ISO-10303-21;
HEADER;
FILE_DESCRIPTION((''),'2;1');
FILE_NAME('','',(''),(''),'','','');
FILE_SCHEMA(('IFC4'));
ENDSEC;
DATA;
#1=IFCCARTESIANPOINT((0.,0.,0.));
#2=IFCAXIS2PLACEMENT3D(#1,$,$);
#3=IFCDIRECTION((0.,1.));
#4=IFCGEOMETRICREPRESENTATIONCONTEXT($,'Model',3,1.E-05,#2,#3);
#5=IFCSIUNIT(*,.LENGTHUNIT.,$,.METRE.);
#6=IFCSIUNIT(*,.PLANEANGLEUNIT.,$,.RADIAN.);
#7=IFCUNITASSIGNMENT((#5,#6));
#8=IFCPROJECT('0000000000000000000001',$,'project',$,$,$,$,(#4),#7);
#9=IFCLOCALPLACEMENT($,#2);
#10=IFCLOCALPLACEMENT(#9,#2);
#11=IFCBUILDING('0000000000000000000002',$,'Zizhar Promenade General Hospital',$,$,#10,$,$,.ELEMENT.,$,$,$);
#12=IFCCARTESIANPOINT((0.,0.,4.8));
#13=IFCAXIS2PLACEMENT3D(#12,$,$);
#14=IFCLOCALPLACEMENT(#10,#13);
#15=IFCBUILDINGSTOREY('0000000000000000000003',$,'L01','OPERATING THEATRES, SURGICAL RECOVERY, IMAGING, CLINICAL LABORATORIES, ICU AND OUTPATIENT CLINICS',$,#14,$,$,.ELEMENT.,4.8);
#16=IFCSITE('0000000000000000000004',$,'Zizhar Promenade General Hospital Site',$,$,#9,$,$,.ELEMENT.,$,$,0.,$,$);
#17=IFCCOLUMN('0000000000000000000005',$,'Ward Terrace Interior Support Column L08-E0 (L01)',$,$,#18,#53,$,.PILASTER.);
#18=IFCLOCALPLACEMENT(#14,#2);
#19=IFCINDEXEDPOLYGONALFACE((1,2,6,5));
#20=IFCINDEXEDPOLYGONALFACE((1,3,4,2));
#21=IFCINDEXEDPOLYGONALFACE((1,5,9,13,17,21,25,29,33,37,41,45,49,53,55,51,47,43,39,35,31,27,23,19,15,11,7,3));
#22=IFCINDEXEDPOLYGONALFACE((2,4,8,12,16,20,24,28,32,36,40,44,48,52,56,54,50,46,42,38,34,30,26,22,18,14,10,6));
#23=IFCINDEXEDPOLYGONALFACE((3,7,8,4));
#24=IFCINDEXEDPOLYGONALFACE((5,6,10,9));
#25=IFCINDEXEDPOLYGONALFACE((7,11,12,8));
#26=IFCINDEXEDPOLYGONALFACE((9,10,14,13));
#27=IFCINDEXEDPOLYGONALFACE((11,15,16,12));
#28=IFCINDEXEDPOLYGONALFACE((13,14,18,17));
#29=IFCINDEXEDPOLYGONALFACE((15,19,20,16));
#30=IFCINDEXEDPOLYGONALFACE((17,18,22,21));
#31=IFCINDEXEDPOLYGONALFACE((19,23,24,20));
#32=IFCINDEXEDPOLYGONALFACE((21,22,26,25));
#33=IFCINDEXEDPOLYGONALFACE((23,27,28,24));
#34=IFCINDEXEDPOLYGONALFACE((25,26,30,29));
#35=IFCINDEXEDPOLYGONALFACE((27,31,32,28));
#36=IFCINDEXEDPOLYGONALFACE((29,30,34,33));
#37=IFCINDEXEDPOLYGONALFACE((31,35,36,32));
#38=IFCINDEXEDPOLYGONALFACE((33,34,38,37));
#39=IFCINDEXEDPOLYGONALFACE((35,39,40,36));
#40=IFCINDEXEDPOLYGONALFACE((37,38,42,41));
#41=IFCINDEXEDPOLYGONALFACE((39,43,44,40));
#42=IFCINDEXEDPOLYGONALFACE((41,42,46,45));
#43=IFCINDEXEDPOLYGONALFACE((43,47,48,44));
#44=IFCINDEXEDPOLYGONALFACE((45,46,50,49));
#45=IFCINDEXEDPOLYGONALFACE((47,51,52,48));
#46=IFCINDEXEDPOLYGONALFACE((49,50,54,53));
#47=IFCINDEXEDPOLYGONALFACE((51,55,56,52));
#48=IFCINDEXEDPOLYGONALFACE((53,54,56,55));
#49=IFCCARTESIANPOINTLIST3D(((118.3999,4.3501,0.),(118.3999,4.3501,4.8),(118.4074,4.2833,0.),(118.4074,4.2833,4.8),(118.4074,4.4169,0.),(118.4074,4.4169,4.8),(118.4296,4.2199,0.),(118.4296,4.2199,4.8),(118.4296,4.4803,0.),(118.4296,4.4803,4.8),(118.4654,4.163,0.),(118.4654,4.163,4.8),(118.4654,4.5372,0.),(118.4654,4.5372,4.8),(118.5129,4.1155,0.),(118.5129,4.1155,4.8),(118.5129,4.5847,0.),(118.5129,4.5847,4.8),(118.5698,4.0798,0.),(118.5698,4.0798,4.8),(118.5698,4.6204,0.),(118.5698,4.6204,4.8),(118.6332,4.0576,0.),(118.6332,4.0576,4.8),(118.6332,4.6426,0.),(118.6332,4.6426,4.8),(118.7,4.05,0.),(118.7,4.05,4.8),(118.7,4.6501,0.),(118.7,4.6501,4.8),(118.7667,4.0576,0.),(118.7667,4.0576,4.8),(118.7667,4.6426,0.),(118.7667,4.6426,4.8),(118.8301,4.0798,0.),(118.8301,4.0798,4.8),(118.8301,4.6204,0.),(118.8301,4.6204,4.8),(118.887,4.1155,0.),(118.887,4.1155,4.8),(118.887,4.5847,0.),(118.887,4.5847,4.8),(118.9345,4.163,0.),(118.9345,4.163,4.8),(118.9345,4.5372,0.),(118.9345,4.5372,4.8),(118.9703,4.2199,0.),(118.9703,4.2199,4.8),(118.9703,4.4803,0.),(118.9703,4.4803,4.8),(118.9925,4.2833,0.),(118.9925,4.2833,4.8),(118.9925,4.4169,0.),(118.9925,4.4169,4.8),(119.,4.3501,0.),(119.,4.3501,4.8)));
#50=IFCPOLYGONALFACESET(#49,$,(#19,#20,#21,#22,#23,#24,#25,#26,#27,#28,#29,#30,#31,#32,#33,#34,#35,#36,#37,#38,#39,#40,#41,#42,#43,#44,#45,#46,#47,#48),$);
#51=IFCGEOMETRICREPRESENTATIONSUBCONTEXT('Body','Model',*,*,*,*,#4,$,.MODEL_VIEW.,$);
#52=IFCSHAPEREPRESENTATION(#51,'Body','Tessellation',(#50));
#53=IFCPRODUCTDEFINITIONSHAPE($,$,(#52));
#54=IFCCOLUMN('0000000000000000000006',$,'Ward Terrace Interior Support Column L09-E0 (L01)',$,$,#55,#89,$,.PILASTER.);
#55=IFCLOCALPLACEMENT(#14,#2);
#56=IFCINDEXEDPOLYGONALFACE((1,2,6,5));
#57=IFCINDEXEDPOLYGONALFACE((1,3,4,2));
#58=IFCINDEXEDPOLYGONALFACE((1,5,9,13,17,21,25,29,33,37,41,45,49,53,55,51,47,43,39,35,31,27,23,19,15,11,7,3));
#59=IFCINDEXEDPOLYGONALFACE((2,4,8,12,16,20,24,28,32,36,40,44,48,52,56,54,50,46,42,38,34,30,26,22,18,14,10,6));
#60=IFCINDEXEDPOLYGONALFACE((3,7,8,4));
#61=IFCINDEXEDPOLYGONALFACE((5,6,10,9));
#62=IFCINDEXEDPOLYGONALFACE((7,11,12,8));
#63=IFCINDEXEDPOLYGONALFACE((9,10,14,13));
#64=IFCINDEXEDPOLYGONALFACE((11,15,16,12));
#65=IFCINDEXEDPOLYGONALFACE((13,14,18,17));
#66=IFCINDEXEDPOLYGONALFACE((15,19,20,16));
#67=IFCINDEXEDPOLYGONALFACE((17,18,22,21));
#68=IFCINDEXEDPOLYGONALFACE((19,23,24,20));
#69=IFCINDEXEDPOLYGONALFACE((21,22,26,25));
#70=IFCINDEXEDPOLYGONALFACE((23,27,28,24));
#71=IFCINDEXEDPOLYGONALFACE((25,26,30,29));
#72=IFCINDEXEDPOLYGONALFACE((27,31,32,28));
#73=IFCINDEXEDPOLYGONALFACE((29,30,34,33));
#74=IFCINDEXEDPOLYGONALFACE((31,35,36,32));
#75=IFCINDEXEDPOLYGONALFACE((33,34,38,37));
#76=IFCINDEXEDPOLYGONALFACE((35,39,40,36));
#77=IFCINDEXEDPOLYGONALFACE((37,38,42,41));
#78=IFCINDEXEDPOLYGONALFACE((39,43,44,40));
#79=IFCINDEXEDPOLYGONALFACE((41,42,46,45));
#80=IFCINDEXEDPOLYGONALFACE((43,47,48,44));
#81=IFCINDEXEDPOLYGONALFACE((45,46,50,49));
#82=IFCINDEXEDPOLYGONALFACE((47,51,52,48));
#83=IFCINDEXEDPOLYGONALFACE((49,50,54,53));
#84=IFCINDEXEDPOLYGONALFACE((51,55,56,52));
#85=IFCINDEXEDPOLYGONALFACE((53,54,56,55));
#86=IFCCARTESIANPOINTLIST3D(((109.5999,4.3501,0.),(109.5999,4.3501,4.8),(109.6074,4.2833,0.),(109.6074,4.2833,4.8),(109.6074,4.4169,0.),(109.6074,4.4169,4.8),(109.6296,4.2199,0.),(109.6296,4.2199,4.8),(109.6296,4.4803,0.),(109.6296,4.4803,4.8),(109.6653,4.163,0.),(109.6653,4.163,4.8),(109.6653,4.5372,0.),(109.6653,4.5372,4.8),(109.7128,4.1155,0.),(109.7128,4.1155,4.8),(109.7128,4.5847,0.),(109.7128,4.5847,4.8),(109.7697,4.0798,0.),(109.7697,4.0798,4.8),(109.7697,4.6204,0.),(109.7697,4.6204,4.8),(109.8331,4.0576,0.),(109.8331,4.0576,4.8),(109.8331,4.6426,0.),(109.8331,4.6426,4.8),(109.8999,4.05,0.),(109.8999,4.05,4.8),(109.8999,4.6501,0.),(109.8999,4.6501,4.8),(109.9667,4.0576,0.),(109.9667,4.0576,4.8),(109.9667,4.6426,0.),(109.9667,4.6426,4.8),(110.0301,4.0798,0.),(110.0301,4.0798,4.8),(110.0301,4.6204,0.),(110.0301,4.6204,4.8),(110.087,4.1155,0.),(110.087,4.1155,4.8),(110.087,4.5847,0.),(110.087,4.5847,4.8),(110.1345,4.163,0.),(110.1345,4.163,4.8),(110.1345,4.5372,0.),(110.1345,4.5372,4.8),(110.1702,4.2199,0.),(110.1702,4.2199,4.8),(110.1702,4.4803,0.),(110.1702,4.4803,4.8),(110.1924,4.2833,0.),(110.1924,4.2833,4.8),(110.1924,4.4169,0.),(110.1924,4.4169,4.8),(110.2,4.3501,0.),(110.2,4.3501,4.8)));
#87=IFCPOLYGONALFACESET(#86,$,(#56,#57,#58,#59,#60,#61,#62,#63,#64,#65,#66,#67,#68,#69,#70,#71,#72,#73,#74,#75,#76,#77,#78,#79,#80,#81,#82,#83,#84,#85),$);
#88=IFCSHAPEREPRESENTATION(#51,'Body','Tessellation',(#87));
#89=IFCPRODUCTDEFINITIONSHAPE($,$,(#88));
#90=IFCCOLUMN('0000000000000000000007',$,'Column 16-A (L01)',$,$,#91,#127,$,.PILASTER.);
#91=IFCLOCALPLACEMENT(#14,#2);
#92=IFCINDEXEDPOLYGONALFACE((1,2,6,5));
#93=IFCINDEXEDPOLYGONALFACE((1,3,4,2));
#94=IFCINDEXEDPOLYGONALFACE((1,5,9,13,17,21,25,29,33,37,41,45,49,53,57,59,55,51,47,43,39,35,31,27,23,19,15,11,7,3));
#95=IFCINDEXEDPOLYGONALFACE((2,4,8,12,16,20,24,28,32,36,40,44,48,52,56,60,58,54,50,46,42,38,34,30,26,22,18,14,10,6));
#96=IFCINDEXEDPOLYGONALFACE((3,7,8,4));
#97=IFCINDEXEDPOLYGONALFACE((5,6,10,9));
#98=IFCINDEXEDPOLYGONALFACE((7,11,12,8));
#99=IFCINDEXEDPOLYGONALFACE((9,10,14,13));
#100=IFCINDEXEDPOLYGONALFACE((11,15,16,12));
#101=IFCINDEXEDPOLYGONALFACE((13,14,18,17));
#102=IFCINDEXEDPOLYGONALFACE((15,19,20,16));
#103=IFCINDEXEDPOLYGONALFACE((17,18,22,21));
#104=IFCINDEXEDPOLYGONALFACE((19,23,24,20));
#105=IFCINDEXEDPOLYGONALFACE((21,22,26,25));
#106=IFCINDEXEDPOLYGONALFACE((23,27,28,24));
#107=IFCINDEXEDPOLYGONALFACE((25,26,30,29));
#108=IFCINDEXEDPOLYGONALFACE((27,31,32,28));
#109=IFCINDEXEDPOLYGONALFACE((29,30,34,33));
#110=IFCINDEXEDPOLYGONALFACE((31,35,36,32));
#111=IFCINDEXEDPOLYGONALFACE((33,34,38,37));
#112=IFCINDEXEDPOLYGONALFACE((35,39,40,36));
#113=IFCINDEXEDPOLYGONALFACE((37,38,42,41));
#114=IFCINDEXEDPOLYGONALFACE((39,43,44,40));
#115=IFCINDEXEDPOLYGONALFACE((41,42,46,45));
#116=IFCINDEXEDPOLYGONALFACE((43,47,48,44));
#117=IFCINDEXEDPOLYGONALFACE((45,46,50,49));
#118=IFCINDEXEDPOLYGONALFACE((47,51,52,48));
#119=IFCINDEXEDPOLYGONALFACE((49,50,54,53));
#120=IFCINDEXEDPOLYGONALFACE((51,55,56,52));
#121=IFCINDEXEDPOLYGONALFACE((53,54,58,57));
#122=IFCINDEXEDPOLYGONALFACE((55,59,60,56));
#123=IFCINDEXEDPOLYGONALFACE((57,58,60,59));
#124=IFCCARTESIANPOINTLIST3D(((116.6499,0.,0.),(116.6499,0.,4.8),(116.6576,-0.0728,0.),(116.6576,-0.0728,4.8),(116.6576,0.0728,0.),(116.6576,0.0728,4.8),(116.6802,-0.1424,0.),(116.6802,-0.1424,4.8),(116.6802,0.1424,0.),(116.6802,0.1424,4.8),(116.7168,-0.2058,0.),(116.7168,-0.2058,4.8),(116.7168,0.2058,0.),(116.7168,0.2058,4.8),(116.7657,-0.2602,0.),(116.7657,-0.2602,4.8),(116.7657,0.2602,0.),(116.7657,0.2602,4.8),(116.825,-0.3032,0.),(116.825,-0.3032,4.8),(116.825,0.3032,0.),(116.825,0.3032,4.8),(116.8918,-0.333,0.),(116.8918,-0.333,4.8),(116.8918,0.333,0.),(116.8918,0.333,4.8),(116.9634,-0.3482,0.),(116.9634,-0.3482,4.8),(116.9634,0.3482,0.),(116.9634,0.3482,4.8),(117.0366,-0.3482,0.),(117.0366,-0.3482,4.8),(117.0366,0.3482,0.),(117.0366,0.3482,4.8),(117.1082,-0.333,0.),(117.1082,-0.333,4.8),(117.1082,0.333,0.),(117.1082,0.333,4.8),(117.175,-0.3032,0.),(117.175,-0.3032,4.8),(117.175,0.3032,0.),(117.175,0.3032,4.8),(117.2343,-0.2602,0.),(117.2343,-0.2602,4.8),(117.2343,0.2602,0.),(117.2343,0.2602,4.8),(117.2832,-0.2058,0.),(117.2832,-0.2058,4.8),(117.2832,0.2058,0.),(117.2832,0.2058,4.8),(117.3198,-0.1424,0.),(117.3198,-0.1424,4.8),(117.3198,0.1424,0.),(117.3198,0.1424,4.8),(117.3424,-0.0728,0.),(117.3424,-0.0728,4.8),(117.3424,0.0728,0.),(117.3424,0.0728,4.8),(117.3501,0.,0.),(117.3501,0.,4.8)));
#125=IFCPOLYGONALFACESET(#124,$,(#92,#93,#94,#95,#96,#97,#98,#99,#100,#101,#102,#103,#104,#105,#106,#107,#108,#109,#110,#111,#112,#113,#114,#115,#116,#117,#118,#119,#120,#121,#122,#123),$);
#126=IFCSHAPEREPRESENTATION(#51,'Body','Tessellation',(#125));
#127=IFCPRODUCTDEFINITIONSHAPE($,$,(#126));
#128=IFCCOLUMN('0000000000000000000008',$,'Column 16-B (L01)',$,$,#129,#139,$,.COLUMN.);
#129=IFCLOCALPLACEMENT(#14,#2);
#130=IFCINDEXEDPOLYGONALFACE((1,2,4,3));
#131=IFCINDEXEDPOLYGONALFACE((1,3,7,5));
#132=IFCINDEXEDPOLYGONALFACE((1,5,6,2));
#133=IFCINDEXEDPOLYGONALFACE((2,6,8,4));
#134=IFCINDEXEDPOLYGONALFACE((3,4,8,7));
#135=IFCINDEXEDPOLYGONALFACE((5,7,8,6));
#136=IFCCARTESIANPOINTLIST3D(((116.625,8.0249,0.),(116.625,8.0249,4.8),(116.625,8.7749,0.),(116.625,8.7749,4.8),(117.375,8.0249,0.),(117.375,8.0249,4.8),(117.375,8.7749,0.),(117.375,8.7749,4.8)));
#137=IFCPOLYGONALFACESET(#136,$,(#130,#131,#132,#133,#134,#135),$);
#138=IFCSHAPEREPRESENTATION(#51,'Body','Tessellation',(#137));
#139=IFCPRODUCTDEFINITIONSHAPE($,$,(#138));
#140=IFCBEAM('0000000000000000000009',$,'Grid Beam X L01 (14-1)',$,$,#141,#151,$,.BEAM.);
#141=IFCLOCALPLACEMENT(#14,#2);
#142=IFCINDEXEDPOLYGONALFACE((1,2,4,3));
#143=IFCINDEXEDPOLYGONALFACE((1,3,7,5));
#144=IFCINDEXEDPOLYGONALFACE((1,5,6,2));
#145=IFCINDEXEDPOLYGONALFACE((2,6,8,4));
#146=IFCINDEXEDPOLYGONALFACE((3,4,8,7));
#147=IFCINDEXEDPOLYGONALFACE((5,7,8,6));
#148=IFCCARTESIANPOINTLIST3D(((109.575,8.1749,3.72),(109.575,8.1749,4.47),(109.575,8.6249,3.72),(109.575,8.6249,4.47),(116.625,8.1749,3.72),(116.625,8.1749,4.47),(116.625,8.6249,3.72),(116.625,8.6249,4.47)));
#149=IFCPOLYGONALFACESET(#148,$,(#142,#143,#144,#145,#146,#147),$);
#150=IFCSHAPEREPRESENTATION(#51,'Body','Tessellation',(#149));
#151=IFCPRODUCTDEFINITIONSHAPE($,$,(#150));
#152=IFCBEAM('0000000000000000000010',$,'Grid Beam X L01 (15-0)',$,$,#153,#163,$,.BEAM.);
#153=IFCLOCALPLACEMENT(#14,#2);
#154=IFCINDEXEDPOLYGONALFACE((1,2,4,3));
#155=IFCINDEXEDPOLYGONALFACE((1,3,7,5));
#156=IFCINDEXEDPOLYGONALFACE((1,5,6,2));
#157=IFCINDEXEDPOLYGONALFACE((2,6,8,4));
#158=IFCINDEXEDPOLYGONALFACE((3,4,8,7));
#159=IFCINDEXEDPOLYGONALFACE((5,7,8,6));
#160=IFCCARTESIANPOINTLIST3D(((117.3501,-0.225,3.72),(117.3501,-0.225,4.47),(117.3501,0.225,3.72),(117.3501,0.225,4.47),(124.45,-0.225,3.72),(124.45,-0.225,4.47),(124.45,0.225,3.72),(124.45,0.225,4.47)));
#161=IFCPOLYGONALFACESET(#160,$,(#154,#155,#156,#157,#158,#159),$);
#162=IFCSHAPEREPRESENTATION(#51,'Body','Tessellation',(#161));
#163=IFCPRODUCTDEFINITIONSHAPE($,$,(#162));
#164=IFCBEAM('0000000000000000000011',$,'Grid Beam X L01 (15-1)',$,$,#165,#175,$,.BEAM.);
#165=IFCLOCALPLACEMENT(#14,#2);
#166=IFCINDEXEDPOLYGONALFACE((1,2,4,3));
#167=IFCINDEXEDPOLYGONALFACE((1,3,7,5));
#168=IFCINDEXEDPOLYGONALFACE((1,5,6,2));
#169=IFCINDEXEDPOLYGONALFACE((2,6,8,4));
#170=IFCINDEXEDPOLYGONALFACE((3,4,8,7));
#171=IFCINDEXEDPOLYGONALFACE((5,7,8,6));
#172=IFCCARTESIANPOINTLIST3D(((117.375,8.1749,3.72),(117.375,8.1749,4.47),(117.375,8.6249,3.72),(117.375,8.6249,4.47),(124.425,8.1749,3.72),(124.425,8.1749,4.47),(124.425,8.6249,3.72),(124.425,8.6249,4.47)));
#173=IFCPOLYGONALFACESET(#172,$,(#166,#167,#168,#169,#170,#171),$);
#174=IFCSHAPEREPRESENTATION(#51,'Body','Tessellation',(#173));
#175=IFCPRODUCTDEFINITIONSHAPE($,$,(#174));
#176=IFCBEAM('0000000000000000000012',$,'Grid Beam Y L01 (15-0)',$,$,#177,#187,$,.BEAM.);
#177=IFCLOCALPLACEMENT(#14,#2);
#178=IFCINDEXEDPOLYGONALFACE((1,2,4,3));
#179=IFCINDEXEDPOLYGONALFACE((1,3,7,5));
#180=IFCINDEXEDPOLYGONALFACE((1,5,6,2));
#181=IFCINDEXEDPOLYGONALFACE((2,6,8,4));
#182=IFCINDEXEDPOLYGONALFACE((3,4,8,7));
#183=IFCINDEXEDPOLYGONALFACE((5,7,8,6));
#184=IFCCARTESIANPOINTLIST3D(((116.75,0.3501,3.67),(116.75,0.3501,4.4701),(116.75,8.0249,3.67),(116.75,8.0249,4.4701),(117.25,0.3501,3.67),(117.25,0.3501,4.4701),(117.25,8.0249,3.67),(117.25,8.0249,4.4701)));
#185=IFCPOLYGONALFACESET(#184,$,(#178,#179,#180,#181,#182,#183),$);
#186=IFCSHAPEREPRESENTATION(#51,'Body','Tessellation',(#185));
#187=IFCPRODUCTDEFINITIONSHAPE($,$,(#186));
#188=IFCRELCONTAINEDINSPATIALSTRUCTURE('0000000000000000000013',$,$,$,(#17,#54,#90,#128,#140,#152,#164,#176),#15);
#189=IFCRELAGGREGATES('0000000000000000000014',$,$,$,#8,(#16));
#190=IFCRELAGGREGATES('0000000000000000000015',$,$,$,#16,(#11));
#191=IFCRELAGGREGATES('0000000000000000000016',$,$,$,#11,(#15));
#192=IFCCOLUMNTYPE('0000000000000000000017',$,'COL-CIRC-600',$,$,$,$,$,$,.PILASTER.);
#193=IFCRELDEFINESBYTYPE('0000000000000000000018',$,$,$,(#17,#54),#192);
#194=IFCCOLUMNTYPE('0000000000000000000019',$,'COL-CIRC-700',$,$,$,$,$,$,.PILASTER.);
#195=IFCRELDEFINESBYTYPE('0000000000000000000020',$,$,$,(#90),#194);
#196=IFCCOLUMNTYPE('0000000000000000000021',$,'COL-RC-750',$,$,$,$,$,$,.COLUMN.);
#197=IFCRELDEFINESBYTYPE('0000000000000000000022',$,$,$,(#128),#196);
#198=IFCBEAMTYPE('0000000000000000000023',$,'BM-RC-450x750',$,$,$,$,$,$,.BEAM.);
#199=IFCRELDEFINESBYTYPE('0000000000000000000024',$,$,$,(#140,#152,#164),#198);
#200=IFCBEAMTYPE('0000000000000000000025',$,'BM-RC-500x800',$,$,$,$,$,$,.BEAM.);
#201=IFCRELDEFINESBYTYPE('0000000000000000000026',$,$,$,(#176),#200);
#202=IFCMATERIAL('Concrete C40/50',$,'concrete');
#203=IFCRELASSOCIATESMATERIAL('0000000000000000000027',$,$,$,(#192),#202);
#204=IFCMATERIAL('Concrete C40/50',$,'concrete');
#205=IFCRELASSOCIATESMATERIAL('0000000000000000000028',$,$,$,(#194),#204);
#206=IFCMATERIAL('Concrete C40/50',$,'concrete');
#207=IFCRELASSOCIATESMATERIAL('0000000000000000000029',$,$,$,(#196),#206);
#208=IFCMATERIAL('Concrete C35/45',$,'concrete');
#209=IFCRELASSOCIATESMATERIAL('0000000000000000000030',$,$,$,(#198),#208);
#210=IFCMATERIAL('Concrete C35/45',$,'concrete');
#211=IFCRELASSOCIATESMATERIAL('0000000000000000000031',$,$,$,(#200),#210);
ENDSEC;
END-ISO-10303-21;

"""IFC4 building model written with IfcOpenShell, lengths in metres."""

from ifc_helpers import new_model, si_unit, direction, frame, origin, origin_2d, place, context, subcontext, project, spatial, rectangle, circle, extrude, material, material_profile, profile_set, type_object, element, save


model = new_model("IFC4")

# Units and contexts
model_context = context("Model", 3, precision=1e-05, world=origin(), true_north=direction((0.0, 1.0)))
body_context = subcontext(model_context, "Body", "Model", "MODEL_VIEW")
ifc_project = project(units=[si_unit("LENGTHUNIT", "METRE"), si_unit("PLANEANGLEUNIT", "RADIAN")], contexts=[model_context])

# Site, building, storey
site_placement = place(None, origin())
site = spatial("IfcSite", under=ifc_project, at=site_placement, Name="Zizhar Promenade General Hospital Site", CompositionType="ELEMENT", RefElevation=0.0)
building_placement = place(site_placement, origin())
building = spatial("IfcBuilding", under=site, at=building_placement, Name="Zizhar Promenade General Hospital", CompositionType="ELEMENT")
storey_placement = place(building_placement, frame((0.0, 0.0, 4.8)))
storey = spatial("IfcBuildingStorey", under=building, at=storey_placement, Name="L01", Description="OPERATING THEATRES, SURGICAL RECOVERY, IMAGING, CLINICAL LABORATORIES, ICU AND OUTPATIENT CLINICS", CompositionType="ELEMENT", Elevation=4.8)

# Columns
ifc_material_1 = material(Name="Concrete C40/50", Category="concrete")
ifc_material_profile_1 = material_profile(ifc_material_1, circle(Radius=0.3, at=origin_2d()))
ifc_profile_set_1 = profile_set([ifc_material_profile_1], Name="Concrete C40/50")
column_type_1 = type_object("IfcColumnType", Name="COL-CIRC-600", PredefinedType="PILASTER", material=ifc_profile_set_1)
for number, where, z_axis, x_axis, name in (
    (1, (118.7, 4.3501, 0.0), (0.0, 0.0, 1.0), (1.0, 0.0, 0.0), "Ward Terrace Interior Support Column L08-E0 (L01)"),
    (2, (109.8999, 4.3501, 0.0), (0.0, 0.0, 1.0), (1.0, 0.0, 0.0), "Ward Terrace Interior Support Column L09-E0 (L01)"),
):
    element("IfcColumn", number, at=place(storey_placement, frame(where, z_axis=z_axis, x_axis=x_axis)), inside=storey, type_object=column_type_1, Name=name, PredefinedType="PILASTER", context=body_context, shape_type="SweptSolid", body=[
        extrude(circle(Radius=0.3, at=origin_2d()), origin(), (0.0, 0.0, 1.0), 4.8),
    ])
ifc_material_2 = material(Name="Concrete C40/50", Category="concrete")
ifc_material_profile_2 = material_profile(ifc_material_2, circle(Radius=0.3501, at=origin_2d()))
ifc_profile_set_2 = profile_set([ifc_material_profile_2], Name="Concrete C40/50")
column_type_2 = type_object("IfcColumnType", Name="COL-CIRC-700", PredefinedType="PILASTER", material=ifc_profile_set_2)
column_1_placement = place(storey_placement, frame((117.0, 0.0, 0.0), z_axis=(0.0, 0.0, 1.0), x_axis=(1.0, 0.0, 0.0)))
element("IfcColumn", 3, at=column_1_placement, inside=storey, type_object=column_type_2, Name="Column 16-A (L01)", PredefinedType="PILASTER", context=body_context, shape_type="SweptSolid", body=[
    extrude(circle(Radius=0.3501, at=origin_2d()), origin(), (0.0, 0.0, 1.0), 4.8),
])
ifc_material_3 = material(Name="Concrete C40/50", Category="concrete")
ifc_material_profile_3 = material_profile(ifc_material_3, rectangle(XDim=0.75, YDim=0.75, at=origin_2d()))
ifc_profile_set_3 = profile_set([ifc_material_profile_3], Name="Concrete C40/50")
column_type_3 = type_object("IfcColumnType", Name="COL-RC-750", PredefinedType="COLUMN", material=ifc_profile_set_3)
column_2_placement = place(storey_placement, frame((117.0, 8.3999, 0.0), z_axis=(0.0, 0.0, 1.0), x_axis=(1.0, 0.0, 0.0)))
element("IfcColumn", 4, at=column_2_placement, inside=storey, type_object=column_type_3, Name="Column 16-B (L01)", PredefinedType="COLUMN", context=body_context, shape_type="SweptSolid", body=[
    extrude(rectangle(XDim=0.75, YDim=0.75, at=origin_2d()), origin(), (0.0, 0.0, 1.0), 4.8),
])

# Beams
ifc_material_4 = material(Name="Concrete C35/45", Category="concrete")
ifc_material_profile_4 = material_profile(ifc_material_4, rectangle(XDim=0.45, YDim=0.75, at=origin_2d()))
ifc_profile_set_4 = profile_set([ifc_material_profile_4], Name="Concrete C35/45")
beam_type_1 = type_object("IfcBeamType", Name="BM-RC-450x750", PredefinedType="BEAM", material=ifc_profile_set_4)
beam_1_placement = place(storey_placement, frame((109.575, 8.3999, 4.095), z_axis=(1.0, 0.0, 0.0), x_axis=(0.0, 1.0, 0.0)))
element("IfcBeam", 5, at=beam_1_placement, inside=storey, type_object=beam_type_1, Name="Grid Beam X L01 (14-1)", PredefinedType="BEAM", context=body_context, shape_type="SweptSolid", body=[
    extrude(rectangle(XDim=0.45, YDim=0.75, at=origin_2d()), origin(), (0.0, 0.0, 1.0), 7.05),
])
beam_2_placement = place(storey_placement, frame((117.3501, 0.0, 4.095), z_axis=(1.0, 0.0, 0.0), x_axis=(0.0, 1.0, 0.0)))
element("IfcBeam", 6, at=beam_2_placement, inside=storey, type_object=beam_type_1, Name="Grid Beam X L01 (15-0)", PredefinedType="BEAM", context=body_context, shape_type="SweptSolid", body=[
    extrude(rectangle(XDim=0.45, YDim=0.75, at=origin_2d()), origin(), (0.0, 0.0, 1.0), 7.0999),
])
beam_3_placement = place(storey_placement, frame((117.375, 8.3999, 4.095), z_axis=(1.0, 0.0, 0.0), x_axis=(0.0, 1.0, 0.0)))
element("IfcBeam", 7, at=beam_3_placement, inside=storey, type_object=beam_type_1, Name="Grid Beam X L01 (15-1)", PredefinedType="BEAM", context=body_context, shape_type="SweptSolid", body=[
    extrude(rectangle(XDim=0.45, YDim=0.75, at=origin_2d()), origin(), (0.0, 0.0, 1.0), 7.05),
])
ifc_material_5 = material(Name="Concrete C35/45", Category="concrete")
ifc_material_profile_5 = material_profile(ifc_material_5, rectangle(XDim=0.5, YDim=0.8, at=origin_2d()))
ifc_profile_set_5 = profile_set([ifc_material_profile_5], Name="Concrete C35/45")
beam_type_2 = type_object("IfcBeamType", Name="BM-RC-500x800", PredefinedType="BEAM", material=ifc_profile_set_5)
beam_4_placement = place(storey_placement, frame((117.0, 0.3501, 4.0701), z_axis=(0.0, 1.0, 0.0), x_axis=(-1.0, 0.0, 0.0)))
element("IfcBeam", 8, at=beam_4_placement, inside=storey, type_object=beam_type_2, Name="Grid Beam Y L01 (15-0)", PredefinedType="BEAM", context=body_context, shape_type="SweptSolid", body=[
    extrude(rectangle(XDim=0.5, YDim=0.8, at=origin_2d()), origin(), (0.0, 0.0, 1.0), 7.6748),
])

save(model, "model.ifc")
